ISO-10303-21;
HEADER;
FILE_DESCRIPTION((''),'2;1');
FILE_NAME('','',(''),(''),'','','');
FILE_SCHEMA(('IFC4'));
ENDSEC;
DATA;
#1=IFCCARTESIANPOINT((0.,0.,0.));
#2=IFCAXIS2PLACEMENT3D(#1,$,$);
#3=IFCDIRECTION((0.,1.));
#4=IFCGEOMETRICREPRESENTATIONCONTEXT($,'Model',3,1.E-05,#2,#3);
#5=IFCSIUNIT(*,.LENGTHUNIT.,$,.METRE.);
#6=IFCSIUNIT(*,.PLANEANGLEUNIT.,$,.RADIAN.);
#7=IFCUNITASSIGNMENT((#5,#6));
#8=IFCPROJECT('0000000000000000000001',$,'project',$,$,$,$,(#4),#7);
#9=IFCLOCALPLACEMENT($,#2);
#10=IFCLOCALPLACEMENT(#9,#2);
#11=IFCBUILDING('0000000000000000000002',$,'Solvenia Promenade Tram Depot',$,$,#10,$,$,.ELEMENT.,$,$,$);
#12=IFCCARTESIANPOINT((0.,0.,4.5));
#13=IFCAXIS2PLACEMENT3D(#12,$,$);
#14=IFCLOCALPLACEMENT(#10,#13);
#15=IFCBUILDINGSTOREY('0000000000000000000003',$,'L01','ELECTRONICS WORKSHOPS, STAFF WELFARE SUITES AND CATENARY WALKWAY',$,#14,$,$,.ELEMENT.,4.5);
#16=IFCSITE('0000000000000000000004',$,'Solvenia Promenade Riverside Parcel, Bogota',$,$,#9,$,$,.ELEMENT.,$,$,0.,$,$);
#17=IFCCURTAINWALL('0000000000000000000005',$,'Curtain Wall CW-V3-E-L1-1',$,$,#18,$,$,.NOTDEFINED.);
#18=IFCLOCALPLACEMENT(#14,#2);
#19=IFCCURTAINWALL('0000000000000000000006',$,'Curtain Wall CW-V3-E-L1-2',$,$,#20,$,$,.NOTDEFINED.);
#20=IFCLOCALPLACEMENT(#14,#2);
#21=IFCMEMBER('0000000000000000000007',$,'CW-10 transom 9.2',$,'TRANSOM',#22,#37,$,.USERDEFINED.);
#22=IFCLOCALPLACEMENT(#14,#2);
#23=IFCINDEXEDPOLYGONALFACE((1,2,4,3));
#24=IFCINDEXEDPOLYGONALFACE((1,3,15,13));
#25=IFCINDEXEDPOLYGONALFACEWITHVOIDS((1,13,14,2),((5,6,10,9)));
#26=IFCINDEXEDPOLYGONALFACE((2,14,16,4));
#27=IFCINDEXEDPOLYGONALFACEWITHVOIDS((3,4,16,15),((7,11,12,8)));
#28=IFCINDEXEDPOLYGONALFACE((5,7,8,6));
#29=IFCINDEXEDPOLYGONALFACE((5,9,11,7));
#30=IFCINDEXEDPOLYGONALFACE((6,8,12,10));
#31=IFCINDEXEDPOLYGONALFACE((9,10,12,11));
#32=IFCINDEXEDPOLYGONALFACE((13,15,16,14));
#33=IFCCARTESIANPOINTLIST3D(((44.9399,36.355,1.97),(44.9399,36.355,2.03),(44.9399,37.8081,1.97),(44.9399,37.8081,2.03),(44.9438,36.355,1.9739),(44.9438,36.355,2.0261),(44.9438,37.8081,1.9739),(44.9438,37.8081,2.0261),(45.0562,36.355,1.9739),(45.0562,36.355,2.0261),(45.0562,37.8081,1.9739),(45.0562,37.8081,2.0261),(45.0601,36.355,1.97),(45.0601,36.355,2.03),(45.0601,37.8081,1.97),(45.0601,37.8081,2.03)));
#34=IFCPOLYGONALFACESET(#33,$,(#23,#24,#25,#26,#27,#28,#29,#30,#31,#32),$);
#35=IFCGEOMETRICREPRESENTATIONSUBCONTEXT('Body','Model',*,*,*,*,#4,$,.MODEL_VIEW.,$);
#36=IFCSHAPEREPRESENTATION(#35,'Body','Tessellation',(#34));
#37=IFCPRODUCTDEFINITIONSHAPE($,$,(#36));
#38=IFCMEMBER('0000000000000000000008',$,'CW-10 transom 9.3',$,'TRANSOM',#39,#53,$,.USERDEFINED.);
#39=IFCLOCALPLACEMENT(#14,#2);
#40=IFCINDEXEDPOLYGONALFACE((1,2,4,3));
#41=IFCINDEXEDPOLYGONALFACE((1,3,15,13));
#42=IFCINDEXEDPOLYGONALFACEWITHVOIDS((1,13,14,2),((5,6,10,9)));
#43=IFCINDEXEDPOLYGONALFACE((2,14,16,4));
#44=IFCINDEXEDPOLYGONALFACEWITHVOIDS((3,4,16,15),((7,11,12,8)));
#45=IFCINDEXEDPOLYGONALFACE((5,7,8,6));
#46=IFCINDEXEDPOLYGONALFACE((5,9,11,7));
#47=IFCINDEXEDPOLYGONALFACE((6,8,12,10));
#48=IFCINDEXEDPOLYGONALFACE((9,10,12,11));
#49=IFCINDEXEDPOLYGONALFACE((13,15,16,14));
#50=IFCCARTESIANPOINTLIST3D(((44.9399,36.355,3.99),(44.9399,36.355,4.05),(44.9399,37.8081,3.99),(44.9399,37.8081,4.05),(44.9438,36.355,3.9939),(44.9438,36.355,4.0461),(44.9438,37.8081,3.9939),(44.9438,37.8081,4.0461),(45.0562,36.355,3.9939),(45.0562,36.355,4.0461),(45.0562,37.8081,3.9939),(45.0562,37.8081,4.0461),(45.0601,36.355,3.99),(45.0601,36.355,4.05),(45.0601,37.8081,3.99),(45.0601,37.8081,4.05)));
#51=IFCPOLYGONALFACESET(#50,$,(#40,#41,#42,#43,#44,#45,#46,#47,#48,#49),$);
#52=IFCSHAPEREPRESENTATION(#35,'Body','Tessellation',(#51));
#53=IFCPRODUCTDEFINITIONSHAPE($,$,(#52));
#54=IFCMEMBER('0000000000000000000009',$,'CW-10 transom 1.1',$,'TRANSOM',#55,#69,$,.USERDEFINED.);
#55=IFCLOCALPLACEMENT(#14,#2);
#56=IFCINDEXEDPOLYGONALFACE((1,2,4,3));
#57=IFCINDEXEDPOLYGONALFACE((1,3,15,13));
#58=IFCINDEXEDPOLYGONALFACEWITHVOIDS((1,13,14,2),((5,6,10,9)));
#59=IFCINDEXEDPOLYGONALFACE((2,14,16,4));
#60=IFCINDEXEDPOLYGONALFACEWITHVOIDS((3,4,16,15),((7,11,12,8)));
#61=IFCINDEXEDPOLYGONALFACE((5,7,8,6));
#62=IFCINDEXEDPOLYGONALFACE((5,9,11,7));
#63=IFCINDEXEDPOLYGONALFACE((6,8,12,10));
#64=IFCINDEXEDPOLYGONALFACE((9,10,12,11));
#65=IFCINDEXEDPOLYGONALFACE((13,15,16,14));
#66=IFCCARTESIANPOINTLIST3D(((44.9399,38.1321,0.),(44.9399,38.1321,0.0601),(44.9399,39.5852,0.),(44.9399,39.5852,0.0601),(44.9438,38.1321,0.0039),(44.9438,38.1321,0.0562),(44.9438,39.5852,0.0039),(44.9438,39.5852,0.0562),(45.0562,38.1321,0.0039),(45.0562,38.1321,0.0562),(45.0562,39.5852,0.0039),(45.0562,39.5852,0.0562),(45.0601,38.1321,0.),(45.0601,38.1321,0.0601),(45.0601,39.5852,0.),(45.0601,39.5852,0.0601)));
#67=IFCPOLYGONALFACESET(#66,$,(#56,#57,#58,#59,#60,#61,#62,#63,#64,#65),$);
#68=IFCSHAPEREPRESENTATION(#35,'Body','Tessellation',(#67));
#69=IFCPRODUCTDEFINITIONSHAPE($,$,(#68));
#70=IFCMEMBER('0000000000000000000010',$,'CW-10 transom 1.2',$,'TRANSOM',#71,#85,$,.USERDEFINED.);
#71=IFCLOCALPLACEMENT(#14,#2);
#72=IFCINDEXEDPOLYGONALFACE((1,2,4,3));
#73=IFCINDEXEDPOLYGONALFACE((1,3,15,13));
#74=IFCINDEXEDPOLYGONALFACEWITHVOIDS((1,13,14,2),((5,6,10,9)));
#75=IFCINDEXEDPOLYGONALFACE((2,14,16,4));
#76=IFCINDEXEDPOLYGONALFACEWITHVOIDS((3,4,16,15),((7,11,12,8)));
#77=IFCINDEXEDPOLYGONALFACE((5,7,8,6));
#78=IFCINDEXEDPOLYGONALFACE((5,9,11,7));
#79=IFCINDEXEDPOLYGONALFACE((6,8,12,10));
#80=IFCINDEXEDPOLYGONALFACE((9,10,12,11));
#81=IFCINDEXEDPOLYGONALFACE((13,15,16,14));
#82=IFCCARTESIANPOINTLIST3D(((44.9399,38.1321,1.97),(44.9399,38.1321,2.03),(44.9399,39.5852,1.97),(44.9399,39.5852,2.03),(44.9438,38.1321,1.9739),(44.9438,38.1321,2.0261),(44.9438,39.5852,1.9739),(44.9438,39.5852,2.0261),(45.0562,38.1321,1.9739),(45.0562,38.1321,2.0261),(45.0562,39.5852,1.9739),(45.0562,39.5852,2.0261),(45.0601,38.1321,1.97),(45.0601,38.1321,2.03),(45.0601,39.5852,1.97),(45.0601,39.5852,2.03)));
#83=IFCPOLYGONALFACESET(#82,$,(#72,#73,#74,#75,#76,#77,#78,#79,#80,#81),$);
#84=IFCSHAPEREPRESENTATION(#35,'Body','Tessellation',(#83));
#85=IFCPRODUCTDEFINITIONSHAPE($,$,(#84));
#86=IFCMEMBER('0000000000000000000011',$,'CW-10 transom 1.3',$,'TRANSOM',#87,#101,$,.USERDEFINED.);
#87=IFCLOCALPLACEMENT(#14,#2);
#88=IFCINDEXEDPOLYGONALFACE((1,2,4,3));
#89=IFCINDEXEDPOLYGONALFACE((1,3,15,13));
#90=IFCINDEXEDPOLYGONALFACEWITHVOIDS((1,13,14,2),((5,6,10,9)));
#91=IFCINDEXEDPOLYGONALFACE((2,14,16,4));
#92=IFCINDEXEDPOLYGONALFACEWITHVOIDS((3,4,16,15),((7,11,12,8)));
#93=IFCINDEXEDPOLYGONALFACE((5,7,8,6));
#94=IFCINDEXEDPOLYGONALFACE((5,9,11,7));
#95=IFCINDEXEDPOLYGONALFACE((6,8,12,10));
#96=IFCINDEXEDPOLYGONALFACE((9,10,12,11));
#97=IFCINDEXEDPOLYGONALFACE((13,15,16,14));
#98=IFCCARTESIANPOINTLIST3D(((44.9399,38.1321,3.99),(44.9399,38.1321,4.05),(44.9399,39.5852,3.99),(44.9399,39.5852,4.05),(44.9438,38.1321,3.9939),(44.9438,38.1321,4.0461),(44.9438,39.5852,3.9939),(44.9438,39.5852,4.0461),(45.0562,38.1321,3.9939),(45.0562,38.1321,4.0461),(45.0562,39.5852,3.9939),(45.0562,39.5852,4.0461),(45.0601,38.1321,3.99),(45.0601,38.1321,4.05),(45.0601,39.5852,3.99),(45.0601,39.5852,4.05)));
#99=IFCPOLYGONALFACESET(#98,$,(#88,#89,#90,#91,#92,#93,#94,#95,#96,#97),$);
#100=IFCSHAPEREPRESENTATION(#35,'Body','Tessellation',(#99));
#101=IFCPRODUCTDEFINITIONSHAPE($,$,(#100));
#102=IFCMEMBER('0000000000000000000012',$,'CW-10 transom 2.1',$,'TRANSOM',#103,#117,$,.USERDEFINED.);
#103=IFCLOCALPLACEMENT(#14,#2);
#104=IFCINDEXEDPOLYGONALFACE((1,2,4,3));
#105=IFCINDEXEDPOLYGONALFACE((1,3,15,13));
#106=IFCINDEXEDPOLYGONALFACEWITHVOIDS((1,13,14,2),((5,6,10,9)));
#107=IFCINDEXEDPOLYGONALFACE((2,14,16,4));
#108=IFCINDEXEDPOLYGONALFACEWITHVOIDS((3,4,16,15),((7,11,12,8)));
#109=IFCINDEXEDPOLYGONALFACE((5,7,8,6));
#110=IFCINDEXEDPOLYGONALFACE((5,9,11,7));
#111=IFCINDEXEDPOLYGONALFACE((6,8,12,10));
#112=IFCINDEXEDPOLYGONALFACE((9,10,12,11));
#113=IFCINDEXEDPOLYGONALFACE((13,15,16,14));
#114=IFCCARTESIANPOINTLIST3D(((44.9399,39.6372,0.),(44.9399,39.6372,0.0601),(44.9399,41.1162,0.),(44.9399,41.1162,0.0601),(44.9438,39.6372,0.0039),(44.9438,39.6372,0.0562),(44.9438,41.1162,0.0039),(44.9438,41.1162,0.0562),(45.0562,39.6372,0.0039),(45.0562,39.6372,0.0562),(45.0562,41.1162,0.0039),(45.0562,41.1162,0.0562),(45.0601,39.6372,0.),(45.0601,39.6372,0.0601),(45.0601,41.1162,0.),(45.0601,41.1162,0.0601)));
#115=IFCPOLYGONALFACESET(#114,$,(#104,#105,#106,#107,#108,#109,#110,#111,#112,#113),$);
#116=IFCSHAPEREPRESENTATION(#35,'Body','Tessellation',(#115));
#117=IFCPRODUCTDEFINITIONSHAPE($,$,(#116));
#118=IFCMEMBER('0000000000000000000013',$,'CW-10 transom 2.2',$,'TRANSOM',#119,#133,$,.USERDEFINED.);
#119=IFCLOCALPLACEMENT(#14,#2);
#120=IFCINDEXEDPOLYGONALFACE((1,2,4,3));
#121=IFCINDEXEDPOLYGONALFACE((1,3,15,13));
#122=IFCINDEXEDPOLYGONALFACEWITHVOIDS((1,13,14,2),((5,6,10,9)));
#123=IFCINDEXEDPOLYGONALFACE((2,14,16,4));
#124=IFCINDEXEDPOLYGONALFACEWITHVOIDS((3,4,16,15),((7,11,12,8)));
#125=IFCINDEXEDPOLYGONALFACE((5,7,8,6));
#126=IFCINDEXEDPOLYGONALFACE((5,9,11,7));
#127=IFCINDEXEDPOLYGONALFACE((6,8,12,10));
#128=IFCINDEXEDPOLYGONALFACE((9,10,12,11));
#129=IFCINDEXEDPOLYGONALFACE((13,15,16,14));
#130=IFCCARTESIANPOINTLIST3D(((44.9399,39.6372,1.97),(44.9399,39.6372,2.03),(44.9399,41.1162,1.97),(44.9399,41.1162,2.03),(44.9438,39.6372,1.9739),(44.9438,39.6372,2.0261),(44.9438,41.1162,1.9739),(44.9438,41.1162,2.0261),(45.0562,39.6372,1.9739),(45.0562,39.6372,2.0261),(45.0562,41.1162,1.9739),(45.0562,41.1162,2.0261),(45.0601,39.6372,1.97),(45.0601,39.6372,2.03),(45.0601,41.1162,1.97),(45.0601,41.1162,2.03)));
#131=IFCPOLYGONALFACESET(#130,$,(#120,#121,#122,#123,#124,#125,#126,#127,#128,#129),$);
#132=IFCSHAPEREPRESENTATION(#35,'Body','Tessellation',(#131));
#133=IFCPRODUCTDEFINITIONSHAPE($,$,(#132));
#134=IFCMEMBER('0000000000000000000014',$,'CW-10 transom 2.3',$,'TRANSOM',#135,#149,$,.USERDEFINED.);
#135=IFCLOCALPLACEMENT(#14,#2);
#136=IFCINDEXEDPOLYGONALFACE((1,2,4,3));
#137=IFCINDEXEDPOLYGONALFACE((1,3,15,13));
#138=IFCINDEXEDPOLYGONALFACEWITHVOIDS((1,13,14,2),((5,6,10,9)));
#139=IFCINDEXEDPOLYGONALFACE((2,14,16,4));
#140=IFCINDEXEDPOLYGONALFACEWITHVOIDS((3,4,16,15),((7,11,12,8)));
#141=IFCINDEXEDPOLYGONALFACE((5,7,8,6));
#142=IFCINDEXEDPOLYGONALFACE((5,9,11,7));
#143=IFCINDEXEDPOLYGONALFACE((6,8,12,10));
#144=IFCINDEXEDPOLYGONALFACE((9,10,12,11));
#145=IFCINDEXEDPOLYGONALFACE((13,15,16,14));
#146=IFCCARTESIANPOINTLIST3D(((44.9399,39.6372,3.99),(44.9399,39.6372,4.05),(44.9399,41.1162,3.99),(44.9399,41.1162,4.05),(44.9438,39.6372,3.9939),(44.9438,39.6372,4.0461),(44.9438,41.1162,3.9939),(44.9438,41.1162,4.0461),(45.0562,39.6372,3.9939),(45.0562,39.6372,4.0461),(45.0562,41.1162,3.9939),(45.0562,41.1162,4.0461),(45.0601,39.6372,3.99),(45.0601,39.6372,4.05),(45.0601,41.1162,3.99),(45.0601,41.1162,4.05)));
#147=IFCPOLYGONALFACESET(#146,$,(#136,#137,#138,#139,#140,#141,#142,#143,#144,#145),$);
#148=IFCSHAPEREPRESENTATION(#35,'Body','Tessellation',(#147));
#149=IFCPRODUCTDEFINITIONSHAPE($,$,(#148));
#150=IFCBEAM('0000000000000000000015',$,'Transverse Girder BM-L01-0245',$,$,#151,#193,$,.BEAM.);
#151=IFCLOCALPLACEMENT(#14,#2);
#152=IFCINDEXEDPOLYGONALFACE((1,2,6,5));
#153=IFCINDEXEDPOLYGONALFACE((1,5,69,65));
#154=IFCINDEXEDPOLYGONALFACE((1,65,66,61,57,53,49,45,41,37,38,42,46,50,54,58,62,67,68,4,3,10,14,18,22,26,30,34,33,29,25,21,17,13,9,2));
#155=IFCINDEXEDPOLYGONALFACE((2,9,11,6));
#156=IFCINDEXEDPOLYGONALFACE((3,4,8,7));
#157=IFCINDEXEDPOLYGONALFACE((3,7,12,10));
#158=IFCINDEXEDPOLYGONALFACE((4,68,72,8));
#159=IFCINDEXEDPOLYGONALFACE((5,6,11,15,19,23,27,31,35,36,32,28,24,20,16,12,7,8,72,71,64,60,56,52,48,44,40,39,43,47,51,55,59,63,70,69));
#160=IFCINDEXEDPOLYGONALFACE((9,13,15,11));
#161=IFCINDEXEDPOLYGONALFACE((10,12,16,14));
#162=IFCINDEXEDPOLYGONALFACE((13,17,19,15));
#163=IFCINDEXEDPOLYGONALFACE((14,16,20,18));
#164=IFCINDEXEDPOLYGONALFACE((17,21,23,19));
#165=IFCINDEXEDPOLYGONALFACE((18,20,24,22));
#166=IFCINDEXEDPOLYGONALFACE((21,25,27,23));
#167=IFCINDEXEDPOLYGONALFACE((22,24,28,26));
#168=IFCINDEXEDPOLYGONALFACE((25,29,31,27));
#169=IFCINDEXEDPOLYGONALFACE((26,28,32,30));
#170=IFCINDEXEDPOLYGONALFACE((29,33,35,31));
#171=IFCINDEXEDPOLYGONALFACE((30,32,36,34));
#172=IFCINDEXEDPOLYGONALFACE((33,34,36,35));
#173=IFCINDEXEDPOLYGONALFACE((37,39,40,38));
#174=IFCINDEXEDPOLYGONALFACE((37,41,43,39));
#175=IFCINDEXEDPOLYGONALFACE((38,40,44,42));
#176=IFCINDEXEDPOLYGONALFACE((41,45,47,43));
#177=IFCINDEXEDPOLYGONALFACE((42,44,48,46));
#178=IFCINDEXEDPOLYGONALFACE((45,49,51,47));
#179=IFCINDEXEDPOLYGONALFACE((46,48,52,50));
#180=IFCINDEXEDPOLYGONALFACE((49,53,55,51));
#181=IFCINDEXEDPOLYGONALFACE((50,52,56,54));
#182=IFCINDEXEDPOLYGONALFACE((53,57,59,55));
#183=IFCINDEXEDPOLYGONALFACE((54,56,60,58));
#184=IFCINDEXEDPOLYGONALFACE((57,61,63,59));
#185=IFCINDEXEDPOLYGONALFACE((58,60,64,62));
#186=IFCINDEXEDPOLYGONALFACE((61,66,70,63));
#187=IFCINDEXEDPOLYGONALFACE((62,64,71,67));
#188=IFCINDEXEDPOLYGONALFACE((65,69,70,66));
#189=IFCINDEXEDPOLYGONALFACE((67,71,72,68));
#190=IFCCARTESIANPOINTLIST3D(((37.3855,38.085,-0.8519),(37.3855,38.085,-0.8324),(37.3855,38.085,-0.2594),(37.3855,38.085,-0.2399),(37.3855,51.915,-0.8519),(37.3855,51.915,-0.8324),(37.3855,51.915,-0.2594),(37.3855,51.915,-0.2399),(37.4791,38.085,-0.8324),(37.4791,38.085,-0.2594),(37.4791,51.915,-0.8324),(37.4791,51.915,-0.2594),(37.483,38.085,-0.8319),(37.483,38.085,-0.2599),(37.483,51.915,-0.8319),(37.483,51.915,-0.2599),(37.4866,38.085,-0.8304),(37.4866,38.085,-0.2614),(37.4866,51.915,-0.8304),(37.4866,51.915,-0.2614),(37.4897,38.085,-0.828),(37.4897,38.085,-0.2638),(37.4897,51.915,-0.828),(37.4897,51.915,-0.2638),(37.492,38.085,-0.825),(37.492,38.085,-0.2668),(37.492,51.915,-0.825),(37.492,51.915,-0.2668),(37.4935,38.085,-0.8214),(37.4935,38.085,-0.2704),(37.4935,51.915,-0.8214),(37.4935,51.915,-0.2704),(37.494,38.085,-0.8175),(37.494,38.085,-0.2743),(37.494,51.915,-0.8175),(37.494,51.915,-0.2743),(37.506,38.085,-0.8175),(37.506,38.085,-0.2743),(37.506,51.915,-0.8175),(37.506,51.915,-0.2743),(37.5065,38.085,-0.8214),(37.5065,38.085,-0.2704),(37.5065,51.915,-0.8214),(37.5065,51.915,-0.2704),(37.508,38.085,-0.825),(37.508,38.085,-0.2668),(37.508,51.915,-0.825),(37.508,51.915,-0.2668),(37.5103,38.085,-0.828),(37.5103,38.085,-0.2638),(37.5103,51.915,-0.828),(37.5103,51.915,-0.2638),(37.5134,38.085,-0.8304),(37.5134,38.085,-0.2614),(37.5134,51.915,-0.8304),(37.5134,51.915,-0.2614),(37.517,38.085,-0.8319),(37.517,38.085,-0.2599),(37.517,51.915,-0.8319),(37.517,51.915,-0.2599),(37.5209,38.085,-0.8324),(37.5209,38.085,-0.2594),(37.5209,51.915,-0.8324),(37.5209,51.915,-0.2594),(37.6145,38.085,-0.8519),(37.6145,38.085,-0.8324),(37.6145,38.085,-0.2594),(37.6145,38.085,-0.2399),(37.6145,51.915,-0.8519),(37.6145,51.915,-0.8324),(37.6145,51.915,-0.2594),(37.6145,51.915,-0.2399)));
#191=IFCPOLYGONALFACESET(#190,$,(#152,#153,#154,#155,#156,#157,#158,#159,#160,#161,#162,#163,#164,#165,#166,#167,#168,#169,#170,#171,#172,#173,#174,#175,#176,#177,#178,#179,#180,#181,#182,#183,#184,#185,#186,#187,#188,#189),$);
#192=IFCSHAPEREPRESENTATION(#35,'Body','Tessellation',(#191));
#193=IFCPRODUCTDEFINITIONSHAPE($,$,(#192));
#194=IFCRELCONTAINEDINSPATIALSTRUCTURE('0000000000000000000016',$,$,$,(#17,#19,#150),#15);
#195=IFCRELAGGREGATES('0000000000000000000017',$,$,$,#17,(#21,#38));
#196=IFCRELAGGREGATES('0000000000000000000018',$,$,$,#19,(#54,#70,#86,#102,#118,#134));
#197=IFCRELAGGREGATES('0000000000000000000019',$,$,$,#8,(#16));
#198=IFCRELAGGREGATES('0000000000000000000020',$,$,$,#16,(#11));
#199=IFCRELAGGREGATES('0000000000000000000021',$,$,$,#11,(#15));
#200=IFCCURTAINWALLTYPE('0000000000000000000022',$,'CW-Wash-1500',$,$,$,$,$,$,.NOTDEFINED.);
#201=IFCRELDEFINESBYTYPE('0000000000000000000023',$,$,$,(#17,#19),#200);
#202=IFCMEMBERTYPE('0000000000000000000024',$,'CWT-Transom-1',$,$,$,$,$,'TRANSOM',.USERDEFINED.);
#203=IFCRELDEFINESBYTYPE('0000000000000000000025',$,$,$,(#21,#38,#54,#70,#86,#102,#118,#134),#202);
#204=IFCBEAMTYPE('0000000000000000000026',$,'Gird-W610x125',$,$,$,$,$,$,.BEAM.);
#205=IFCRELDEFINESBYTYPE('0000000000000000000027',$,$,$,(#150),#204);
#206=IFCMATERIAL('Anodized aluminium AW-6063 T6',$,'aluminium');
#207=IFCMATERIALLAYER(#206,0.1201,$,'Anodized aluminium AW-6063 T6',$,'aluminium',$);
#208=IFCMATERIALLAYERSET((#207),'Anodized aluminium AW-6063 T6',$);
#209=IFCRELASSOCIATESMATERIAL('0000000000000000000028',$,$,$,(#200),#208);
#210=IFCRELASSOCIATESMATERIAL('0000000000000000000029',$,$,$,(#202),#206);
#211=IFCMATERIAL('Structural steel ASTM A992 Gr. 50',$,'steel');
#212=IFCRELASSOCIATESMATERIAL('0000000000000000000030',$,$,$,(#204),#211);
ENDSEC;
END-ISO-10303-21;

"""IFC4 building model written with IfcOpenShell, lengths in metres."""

from ifc_helpers import new_model, si_unit, direction, frame, origin, origin_2d, place, context, subcontext, project, spatial, hollow_rectangle, i_section, extrude, material, layer, layer_set, material_profile, profile_set, type_object, element, aggregate, save


model = new_model("IFC4")

# Units and contexts
model_context = context("Model", 3, precision=1e-05, world=origin(), true_north=direction((0.0, 1.0)))
body_context = subcontext(model_context, "Body", "Model", "MODEL_VIEW")
ifc_project = project(units=[si_unit("LENGTHUNIT", "METRE"), si_unit("PLANEANGLEUNIT", "RADIAN")], contexts=[model_context])

# Site, building, storey
site_placement = place(None, origin())
site = spatial("IfcSite", under=ifc_project, at=site_placement, Name="Solvenia Promenade Riverside Parcel, Bogota", CompositionType="ELEMENT", RefElevation=0.0)
building_placement = place(site_placement, origin())
building = spatial("IfcBuilding", under=site, at=building_placement, Name="Solvenia Promenade Tram Depot", CompositionType="ELEMENT")
storey_placement = place(building_placement, frame((0.0, 0.0, 4.5)))
storey = spatial("IfcBuildingStorey", under=building, at=storey_placement, Name="L01", Description="ELECTRONICS WORKSHOPS, STAFF WELFARE SUITES AND CATENARY WALKWAY", CompositionType="ELEMENT", Elevation=4.5)

# Shared definitions
ifc_material_1 = material(Name="Structural steel ASTM A992 Gr. 50", Category="steel")

# Curtain walls
ifc_material_2 = material(Name="Anodized aluminium AW-6063 T6", Category="aluminium")
ifc_layer_1 = layer(ifc_material_2, 0.1201, Name="Anodized aluminium AW-6063 T6", Category="aluminium")
ifc_layer_set_1 = layer_set([ifc_layer_1], Name="Anodized aluminium AW-6063 T6")
curtain_wall_type = type_object("IfcCurtainWallType", Name="CW-Wash-1500", PredefinedType="NOTDEFINED", material=ifc_layer_set_1)
curtain_wall_1_placement = place(storey_placement, origin())
curtain_wall_1 = element("IfcCurtainWall", 1, at=curtain_wall_1_placement, inside=storey, type_object=curtain_wall_type, Name="Curtain Wall CW-V3-E-L1-1", PredefinedType="NOTDEFINED")
curtain_wall_2_placement = place(storey_placement, origin())
curtain_wall_2 = element("IfcCurtainWall", 2, at=curtain_wall_2_placement, inside=storey, type_object=curtain_wall_type, Name="Curtain Wall CW-V3-E-L1-2", PredefinedType="NOTDEFINED")

# Members
ifc_material_profile_1 = material_profile(ifc_material_2, hollow_rectangle(XDim=0.1201, YDim=0.0601, WallThickness=0.0039, at=origin_2d()), Name="ALU-T1", Category="aluminium")
ifc_profile_set_1 = profile_set([ifc_material_profile_1], Name="Anodized aluminium AW-6063 T6")
member_type_1 = type_object("IfcMemberType", Name="CWT-Transom-1", ElementType="TRANSOM", PredefinedType="USERDEFINED", material=ifc_profile_set_1)
member_1_placement = place(storey_placement, frame((45.0, 36.355, 2.0), z_axis=(0.0, 1.0, 0.0), x_axis=(-1.0, 0.0, 0.0)))
member_1 = element("IfcMember", 3, at=member_1_placement, type_object=member_type_1, Name="CW-10 transom 9.2", ObjectType="TRANSOM", PredefinedType="USERDEFINED", context=body_context, shape_type="SweptSolid", body=[
    extrude(hollow_rectangle(XDim=0.1201, YDim=0.0601, WallThickness=0.0039, at=origin_2d()), origin(), (0.0, 0.0, 1.0), 1.4531),
])
member_2_placement = place(storey_placement, frame((45.0, 36.355, 4.02), z_axis=(0.0, 1.0, 0.0), x_axis=(-1.0, 0.0, 0.0)))
member_2 = element("IfcMember", 4, at=member_2_placement, type_object=member_type_1, Name="CW-10 transom 9.3", ObjectType="TRANSOM", PredefinedType="USERDEFINED", context=body_context, shape_type="SweptSolid", body=[
    extrude(hollow_rectangle(XDim=0.1201, YDim=0.0601, WallThickness=0.0039, at=origin_2d()), origin(), (0.0, 0.0, 1.0), 1.4531),
])
member_3_placement = place(storey_placement, frame((45.0, 38.1321, 0.03), z_axis=(0.0, 1.0, 0.0), x_axis=(-1.0, 0.0, 0.0)))
member_3 = element("IfcMember", 5, at=member_3_placement, type_object=member_type_1, Name="CW-10 transom 1.1", ObjectType="TRANSOM", PredefinedType="USERDEFINED", context=body_context, shape_type="SweptSolid", body=[
    extrude(hollow_rectangle(XDim=0.1201, YDim=0.0601, WallThickness=0.0039, at=origin_2d()), origin(), (0.0, 0.0, 1.0), 1.4531),
])
member_4_placement = place(storey_placement, frame((45.0, 38.1321, 2.0), z_axis=(0.0, 1.0, 0.0), x_axis=(-1.0, 0.0, 0.0)))
member_4 = element("IfcMember", 6, at=member_4_placement, type_object=member_type_1, Name="CW-10 transom 1.2", ObjectType="TRANSOM", PredefinedType="USERDEFINED", context=body_context, shape_type="SweptSolid", body=[
    extrude(hollow_rectangle(XDim=0.1201, YDim=0.0601, WallThickness=0.0039, at=origin_2d()), origin(), (0.0, 0.0, 1.0), 1.4531),
])
member_5_placement = place(storey_placement, frame((45.0, 38.1321, 4.02), z_axis=(0.0, 1.0, 0.0), x_axis=(-1.0, 0.0, 0.0)))
member_5 = element("IfcMember", 7, at=member_5_placement, type_object=member_type_1, Name="CW-10 transom 1.3", ObjectType="TRANSOM", PredefinedType="USERDEFINED", context=body_context, shape_type="SweptSolid", body=[
    extrude(hollow_rectangle(XDim=0.1201, YDim=0.0601, WallThickness=0.0039, at=origin_2d()), origin(), (0.0, 0.0, 1.0), 1.4531),
])
member_6_placement = place(storey_placement, frame((45.0, 39.6372, 0.03), z_axis=(0.0, 1.0, 0.0), x_axis=(-1.0, 0.0, 0.0)))
member_6 = element("IfcMember", 8, at=member_6_placement, type_object=member_type_1, Name="CW-10 transom 2.1", ObjectType="TRANSOM", PredefinedType="USERDEFINED", context=body_context, shape_type="SweptSolid", body=[
    extrude(hollow_rectangle(XDim=0.1201, YDim=0.0601, WallThickness=0.0039, at=origin_2d()), origin(), (0.0, 0.0, 1.0), 1.479),
])
member_7_placement = place(storey_placement, frame((45.0, 39.6372, 2.0), z_axis=(0.0, 1.0, 0.0), x_axis=(-1.0, 0.0, 0.0)))
member_7 = element("IfcMember", 9, at=member_7_placement, type_object=member_type_1, Name="CW-10 transom 2.2", ObjectType="TRANSOM", PredefinedType="USERDEFINED", context=body_context, shape_type="SweptSolid", body=[
    extrude(hollow_rectangle(XDim=0.1201, YDim=0.0601, WallThickness=0.0039, at=origin_2d()), origin(), (0.0, 0.0, 1.0), 1.479),
])
member_8_placement = place(storey_placement, frame((45.0, 39.6372, 4.02), z_axis=(0.0, 1.0, 0.0), x_axis=(-1.0, 0.0, 0.0)))
member_8 = element("IfcMember", 10, at=member_8_placement, type_object=member_type_1, Name="CW-10 transom 2.3", ObjectType="TRANSOM", PredefinedType="USERDEFINED", context=body_context, shape_type="SweptSolid", body=[
    extrude(hollow_rectangle(XDim=0.1201, YDim=0.0601, WallThickness=0.0039, at=origin_2d()), origin(), (0.0, 0.0, 1.0), 1.479),
])

# Beam
ifc_material_profile_2 = material_profile(ifc_material_1, i_section(OverallWidth=0.229, OverallDepth=0.6121, WebThickness=0.012, FlangeThickness=0.0195, FilletRadius=0.0149, at=origin_2d()), Name="W610x125", Category="steel")
ifc_profile_set_2 = profile_set([ifc_material_profile_2], Name="Structural steel ASTM A992 Gr. 50")
beam_type_1 = type_object("IfcBeamType", Name="Gird-W610x125", PredefinedType="BEAM", material=ifc_profile_set_2)
for number, where, z_axis, x_axis, name in (
    (11, (37.5, 38.085, -0.5459), (0.0, 1.0, 0.0), (-1.0, 0.0, 0.0), "Transverse Girder BM-L01-0245"),
):
    element("IfcBeam", number, at=place(storey_placement, frame(where, z_axis=z_axis, x_axis=x_axis)), inside=storey, type_object=beam_type_1, Name=name, PredefinedType="BEAM", context=body_context, shape_type="SweptSolid", body=[
        extrude(i_section(OverallWidth=0.229, OverallDepth=0.6121, WebThickness=0.012, FlangeThickness=0.0195, FilletRadius=0.0149, at=origin_2d()), origin(), (0.0, 0.0, 1.0), 13.8301),
    ])

aggregate(curtain_wall_1, [member_1, member_2])
aggregate(curtain_wall_2, [member_3, member_4, member_5, member_6, member_7, member_8])

save(model, "model.ifc")
